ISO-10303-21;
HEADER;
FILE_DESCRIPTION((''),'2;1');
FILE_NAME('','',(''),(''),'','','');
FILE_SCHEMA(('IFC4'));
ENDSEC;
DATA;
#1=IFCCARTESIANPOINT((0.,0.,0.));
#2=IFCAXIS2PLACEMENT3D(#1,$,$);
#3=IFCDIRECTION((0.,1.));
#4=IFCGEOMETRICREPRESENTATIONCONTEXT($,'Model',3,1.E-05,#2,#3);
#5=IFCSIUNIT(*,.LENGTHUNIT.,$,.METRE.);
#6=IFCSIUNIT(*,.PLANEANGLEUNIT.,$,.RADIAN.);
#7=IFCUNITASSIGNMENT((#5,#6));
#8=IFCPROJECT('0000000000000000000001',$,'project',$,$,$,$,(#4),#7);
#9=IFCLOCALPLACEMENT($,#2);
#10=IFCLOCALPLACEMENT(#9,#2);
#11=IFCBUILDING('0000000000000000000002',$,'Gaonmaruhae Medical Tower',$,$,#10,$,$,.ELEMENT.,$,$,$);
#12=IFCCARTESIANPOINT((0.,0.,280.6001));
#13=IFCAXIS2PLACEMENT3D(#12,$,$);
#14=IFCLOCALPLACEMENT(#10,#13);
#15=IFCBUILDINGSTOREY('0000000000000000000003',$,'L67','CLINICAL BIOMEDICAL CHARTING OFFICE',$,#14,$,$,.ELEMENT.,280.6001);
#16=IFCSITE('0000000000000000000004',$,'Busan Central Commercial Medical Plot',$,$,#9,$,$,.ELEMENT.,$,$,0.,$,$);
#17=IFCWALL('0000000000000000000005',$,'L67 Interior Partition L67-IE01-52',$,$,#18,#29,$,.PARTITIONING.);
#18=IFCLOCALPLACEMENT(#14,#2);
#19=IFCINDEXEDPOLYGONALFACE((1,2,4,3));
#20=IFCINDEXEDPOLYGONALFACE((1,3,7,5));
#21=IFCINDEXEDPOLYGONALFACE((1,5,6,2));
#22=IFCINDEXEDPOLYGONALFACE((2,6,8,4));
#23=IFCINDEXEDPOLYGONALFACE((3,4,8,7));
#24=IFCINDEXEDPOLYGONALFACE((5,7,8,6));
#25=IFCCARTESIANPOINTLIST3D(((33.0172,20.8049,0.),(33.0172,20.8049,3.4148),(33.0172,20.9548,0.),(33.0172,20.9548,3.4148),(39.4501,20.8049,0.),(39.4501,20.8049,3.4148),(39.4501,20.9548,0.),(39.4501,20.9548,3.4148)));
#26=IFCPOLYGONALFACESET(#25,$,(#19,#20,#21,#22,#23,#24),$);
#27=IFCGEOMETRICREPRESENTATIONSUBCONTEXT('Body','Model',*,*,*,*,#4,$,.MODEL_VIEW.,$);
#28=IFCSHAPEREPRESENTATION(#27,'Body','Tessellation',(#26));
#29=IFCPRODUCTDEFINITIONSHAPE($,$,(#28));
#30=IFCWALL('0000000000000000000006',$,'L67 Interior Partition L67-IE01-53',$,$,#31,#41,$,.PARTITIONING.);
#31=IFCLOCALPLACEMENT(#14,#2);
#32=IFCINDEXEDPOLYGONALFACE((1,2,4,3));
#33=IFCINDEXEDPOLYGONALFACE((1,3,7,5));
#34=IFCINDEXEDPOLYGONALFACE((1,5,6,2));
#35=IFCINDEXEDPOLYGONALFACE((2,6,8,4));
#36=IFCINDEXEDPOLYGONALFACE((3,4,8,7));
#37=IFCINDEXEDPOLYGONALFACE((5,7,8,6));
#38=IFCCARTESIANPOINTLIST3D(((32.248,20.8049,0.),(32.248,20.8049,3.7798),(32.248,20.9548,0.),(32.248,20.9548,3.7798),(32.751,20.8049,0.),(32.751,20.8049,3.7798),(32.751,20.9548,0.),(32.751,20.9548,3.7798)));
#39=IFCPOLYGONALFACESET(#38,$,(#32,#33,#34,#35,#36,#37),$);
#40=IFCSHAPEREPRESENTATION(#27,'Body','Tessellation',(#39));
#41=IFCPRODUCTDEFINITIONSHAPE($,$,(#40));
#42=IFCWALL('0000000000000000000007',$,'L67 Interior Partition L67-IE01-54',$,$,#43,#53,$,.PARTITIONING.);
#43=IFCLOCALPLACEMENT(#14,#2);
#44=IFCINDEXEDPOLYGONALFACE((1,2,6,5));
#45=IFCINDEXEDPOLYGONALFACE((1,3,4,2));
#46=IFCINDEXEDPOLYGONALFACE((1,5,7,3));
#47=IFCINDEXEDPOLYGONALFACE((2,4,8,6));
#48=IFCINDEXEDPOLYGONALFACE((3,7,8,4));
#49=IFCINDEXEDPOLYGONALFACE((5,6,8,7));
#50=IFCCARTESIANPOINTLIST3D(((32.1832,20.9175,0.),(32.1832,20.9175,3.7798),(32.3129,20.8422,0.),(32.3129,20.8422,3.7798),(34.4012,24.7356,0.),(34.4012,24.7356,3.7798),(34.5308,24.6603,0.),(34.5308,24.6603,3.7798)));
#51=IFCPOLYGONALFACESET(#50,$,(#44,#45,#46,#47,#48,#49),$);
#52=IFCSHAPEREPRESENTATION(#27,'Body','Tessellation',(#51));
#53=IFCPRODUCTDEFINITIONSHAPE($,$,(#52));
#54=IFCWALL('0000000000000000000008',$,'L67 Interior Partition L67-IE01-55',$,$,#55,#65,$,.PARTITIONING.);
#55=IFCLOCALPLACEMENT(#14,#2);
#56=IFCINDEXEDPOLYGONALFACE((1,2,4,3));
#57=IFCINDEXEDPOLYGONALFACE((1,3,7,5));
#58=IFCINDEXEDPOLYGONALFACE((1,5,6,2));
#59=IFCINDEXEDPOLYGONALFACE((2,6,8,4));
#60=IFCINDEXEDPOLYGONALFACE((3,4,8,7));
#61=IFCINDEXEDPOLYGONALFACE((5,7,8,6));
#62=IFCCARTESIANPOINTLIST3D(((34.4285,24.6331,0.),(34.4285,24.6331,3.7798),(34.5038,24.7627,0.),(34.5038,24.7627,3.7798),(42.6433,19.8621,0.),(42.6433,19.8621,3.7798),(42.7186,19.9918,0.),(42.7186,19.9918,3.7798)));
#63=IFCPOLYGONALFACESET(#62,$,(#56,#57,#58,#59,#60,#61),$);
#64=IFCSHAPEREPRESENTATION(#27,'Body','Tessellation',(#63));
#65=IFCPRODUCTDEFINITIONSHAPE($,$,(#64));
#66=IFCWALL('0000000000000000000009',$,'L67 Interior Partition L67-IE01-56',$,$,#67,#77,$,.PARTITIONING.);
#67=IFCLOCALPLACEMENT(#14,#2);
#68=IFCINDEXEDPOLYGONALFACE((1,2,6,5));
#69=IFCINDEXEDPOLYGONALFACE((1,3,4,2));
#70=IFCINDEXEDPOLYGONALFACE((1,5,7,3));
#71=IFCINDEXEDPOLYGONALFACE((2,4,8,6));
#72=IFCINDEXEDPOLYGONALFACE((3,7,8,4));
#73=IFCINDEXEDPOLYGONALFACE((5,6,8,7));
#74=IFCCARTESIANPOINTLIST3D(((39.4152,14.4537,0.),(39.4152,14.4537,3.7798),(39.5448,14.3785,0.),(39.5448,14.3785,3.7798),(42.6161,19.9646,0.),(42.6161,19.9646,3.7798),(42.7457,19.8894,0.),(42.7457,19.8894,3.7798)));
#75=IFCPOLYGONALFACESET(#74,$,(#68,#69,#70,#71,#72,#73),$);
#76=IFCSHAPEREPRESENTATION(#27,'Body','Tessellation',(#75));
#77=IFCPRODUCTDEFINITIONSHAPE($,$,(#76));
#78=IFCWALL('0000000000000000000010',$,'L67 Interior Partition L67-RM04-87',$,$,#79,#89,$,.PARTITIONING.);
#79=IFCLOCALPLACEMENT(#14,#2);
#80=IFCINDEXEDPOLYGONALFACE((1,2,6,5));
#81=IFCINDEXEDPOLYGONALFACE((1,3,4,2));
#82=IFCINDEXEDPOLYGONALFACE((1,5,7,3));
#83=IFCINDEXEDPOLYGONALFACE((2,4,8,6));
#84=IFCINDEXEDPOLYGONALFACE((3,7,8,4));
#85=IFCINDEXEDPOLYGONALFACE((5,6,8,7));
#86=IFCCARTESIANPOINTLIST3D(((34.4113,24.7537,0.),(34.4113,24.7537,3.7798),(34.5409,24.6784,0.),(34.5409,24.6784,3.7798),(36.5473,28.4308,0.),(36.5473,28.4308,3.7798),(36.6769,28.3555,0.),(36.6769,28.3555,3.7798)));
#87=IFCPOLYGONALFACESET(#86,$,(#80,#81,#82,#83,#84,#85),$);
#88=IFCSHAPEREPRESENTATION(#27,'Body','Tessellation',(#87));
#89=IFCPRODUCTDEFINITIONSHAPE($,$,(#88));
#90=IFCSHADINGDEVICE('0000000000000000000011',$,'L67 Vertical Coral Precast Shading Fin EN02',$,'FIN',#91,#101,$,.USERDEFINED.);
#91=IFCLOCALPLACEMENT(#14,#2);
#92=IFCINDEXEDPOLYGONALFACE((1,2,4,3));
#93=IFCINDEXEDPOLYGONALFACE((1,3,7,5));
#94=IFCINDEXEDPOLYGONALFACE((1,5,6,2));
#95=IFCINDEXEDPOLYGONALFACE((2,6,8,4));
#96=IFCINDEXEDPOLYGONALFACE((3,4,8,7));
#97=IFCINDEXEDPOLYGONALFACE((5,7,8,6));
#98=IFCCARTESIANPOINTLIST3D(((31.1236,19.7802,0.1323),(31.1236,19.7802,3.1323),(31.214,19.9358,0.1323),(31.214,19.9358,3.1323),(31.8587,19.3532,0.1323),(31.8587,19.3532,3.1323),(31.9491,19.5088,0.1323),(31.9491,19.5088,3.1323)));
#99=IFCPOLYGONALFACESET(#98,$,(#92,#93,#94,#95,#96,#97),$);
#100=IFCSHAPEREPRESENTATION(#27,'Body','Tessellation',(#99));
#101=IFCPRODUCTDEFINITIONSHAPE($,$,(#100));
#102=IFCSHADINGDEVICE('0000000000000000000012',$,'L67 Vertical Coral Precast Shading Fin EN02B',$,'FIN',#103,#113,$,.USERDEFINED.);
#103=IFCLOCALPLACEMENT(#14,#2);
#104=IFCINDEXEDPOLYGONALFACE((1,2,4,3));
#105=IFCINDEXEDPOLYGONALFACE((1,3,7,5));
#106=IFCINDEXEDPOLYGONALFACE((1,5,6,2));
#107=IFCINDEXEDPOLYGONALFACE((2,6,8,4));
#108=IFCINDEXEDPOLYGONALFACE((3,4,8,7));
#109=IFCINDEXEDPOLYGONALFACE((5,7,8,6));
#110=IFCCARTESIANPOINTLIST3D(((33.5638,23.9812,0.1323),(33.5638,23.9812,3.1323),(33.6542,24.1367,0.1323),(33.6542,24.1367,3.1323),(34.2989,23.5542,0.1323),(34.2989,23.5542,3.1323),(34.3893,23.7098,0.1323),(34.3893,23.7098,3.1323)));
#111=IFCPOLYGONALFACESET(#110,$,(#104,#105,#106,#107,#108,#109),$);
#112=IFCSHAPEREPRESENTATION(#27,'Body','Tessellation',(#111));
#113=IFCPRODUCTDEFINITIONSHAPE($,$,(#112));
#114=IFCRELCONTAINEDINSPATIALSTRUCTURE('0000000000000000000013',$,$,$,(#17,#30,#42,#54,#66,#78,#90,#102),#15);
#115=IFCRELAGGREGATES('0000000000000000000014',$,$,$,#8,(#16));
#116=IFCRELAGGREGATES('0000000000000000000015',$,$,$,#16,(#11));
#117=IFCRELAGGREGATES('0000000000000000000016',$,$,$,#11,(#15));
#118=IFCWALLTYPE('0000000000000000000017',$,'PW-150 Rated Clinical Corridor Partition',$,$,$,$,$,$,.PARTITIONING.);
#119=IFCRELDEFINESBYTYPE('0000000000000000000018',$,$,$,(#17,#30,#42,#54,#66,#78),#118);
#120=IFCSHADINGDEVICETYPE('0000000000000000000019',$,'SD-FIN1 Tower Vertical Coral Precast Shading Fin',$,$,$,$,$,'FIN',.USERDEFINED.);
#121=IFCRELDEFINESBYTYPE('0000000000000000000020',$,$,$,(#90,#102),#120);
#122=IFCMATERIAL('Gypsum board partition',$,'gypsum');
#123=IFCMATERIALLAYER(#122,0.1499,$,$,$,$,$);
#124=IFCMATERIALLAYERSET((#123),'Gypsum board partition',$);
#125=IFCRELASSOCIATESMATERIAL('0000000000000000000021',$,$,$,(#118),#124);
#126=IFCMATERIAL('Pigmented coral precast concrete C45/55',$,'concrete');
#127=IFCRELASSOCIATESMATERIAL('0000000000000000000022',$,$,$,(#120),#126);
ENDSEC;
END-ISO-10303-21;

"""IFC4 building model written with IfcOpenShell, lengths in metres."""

from ifc_helpers import new_model, si_unit, direction, frame, frame_2d, origin, origin_2d, place, context, subcontext, project, spatial, rectangle, extrude, material, layer, layer_set, type_object, element, save


model = new_model("IFC4")

# Units and contexts
model_context = context("Model", 3, precision=1e-05, world=origin(), true_north=direction((0.0, 1.0)))
body_context = subcontext(model_context, "Body", "Model", "MODEL_VIEW")
ifc_project = project(units=[si_unit("LENGTHUNIT", "METRE"), si_unit("PLANEANGLEUNIT", "RADIAN")], contexts=[model_context])

# Site, building, storey
site_placement = place(None, origin())
site = spatial("IfcSite", under=ifc_project, at=site_placement, Name="Busan Central Commercial Medical Plot", CompositionType="ELEMENT", RefElevation=0.0)
building_placement = place(site_placement, origin())
building = spatial("IfcBuilding", under=site, at=building_placement, Name="Gaonmaruhae Medical Tower", CompositionType="ELEMENT")
storey_placement = place(building_placement, frame((0.0, 0.0, 280.6001)))
storey = spatial("IfcBuildingStorey", under=building, at=storey_placement, Name="L67", Description="CLINICAL BIOMEDICAL CHARTING OFFICE", CompositionType="ELEMENT", Elevation=280.6001)

# Walls
ifc_material_1 = material(Name="Gypsum board partition", Category="gypsum")
ifc_layer_1 = layer(ifc_material_1, 0.1499)
ifc_layer_set_1 = layer_set([ifc_layer_1], Name="Gypsum board partition")
wall_type_1 = type_object("IfcWallType", Name="PW-150 Rated Clinical Corridor Partition", PredefinedType="PARTITIONING", material=ifc_layer_set_1)
wall_1_placement = place(storey_placement, frame((39.45, 20.8799, 0.0), z_axis=(0.0, 0.0, 1.0), x_axis=(-1.0, 0.0, 0.0)))
element("IfcWall", 1, at=wall_1_placement, inside=storey, type_object=wall_type_1, Name="L67 Interior Partition L67-IE01-52", PredefinedType="PARTITIONING", context=body_context, shape_type="SweptSolid", body=[
    extrude(rectangle(XDim=6.4329, YDim=0.1499, at=frame_2d((3.2163, 0.0))), origin(), (0.0, 0.0, 1.0), 3.4148),
])
wall_2_placement = place(storey_placement, frame((32.751, 20.8799, 0.0), z_axis=(0.0, 0.0, 1.0), x_axis=(-1.0, 0.0, 0.0)))
element("IfcWall", 2, at=wall_2_placement, inside=storey, type_object=wall_type_1, Name="L67 Interior Partition L67-IE01-53", PredefinedType="PARTITIONING", context=body_context, shape_type="SweptSolid", body=[
    extrude(rectangle(XDim=0.5029, YDim=0.1499, at=frame_2d((0.2515, 0.0))), origin(), (0.0, 0.0, 1.0), 3.7798),
])
wall_3_placement = place(storey_placement, frame((32.248, 20.8799, 0.0), z_axis=(0.0, 0.0, 1.0), x_axis=(0.502313, 0.864686, 0.0)))
element("IfcWall", 3, at=wall_3_placement, inside=storey, type_object=wall_type_1, Name="L67 Interior Partition L67-IE01-54", PredefinedType="PARTITIONING", context=body_context, shape_type="SweptSolid", body=[
    extrude(rectangle(XDim=4.4155, YDim=0.1499, at=frame_2d((2.2078, 0.0))), origin(), (0.0, 0.0, 1.0), 3.7798),
])
wall_4_placement = place(storey_placement, frame((34.4661, 24.698, 0.0), z_axis=(0.0, 0.0, 1.0), x_axis=(0.864739, -0.502221, 0.0)))
element("IfcWall", 4, at=wall_4_placement, inside=storey, type_object=wall_type_1, Name="L67 Interior Partition L67-IE01-55", PredefinedType="PARTITIONING", context=body_context, shape_type="SweptSolid", body=[
    extrude(rectangle(XDim=9.4998, YDim=0.1499, at=frame_2d((4.75, 0.0))), origin(), (0.0, 0.0, 1.0), 3.7798),
])
wall_5_placement = place(storey_placement, frame((42.6809, 19.927, 0.0), z_axis=(0.0, 0.0, 1.0), x_axis=(-0.502253, -0.864721, 0.0)))
element("IfcWall", 5, at=wall_5_placement, inside=storey, type_object=wall_type_1, Name="L67 Interior Partition L67-IE01-56", PredefinedType="PARTITIONING", context=body_context, shape_type="SweptSolid", body=[
    extrude(rectangle(XDim=6.373, YDim=0.1499, at=frame_2d((3.1865, 0.0))), origin(), (0.0, 0.0, 1.0), 3.7798),
])

# Wall
wall_6_placement = place(storey_placement, frame((34.4761, 24.7161, 0.0), z_axis=(0.0, 0.0, 1.0), x_axis=(0.502303, 0.864692, 0.0)))
element("IfcWall", 6, at=wall_6_placement, inside=storey, type_object=wall_type_1, Name="L67 Interior Partition L67-RM04-87", PredefinedType="PARTITIONING", context=body_context, shape_type="SweptSolid", body=[
    extrude(rectangle(XDim=4.2524, YDim=0.1499, at=frame_2d((2.1262, 0.0))), origin(), (0.0, 0.0, 1.0), 3.7798),
])

# Shading devices
ifc_material_2 = material(Name="Pigmented coral precast concrete C45/55", Category="concrete")
shading_device_type = type_object("IfcShadingDeviceType", Name="SD-FIN1 Tower Vertical Coral Precast Shading Fin", ElementType="FIN", PredefinedType="USERDEFINED", material=ifc_material_2)
for number, where, z_axis, x_axis, name in (
    (7, (31.5364, 19.6445, 0.1323), (0.0, 0.0, 1.0), (0.502266, 0.864713, 0.0), "L67 Vertical Coral Precast Shading Fin EN02"),
    (8, (33.9766, 23.8455, 0.1323), (0.0, 0.0, 1.0), (0.502266, 0.864713, 0.0), "L67 Vertical Coral Precast Shading Fin EN02B"),
):
    element("IfcShadingDevice", number, at=place(storey_placement, frame(where, z_axis=z_axis, x_axis=x_axis)), inside=storey, type_object=shading_device_type, Name=name, ObjectType="FIN", PredefinedType="USERDEFINED", context=body_context, shape_type="SweptSolid", body=[
        extrude(rectangle(XDim=0.1799, YDim=0.8501, at=origin_2d()), origin(), (0.0, 0.0, 1.0), 3.0),
    ])

save(model, "model.ifc")
